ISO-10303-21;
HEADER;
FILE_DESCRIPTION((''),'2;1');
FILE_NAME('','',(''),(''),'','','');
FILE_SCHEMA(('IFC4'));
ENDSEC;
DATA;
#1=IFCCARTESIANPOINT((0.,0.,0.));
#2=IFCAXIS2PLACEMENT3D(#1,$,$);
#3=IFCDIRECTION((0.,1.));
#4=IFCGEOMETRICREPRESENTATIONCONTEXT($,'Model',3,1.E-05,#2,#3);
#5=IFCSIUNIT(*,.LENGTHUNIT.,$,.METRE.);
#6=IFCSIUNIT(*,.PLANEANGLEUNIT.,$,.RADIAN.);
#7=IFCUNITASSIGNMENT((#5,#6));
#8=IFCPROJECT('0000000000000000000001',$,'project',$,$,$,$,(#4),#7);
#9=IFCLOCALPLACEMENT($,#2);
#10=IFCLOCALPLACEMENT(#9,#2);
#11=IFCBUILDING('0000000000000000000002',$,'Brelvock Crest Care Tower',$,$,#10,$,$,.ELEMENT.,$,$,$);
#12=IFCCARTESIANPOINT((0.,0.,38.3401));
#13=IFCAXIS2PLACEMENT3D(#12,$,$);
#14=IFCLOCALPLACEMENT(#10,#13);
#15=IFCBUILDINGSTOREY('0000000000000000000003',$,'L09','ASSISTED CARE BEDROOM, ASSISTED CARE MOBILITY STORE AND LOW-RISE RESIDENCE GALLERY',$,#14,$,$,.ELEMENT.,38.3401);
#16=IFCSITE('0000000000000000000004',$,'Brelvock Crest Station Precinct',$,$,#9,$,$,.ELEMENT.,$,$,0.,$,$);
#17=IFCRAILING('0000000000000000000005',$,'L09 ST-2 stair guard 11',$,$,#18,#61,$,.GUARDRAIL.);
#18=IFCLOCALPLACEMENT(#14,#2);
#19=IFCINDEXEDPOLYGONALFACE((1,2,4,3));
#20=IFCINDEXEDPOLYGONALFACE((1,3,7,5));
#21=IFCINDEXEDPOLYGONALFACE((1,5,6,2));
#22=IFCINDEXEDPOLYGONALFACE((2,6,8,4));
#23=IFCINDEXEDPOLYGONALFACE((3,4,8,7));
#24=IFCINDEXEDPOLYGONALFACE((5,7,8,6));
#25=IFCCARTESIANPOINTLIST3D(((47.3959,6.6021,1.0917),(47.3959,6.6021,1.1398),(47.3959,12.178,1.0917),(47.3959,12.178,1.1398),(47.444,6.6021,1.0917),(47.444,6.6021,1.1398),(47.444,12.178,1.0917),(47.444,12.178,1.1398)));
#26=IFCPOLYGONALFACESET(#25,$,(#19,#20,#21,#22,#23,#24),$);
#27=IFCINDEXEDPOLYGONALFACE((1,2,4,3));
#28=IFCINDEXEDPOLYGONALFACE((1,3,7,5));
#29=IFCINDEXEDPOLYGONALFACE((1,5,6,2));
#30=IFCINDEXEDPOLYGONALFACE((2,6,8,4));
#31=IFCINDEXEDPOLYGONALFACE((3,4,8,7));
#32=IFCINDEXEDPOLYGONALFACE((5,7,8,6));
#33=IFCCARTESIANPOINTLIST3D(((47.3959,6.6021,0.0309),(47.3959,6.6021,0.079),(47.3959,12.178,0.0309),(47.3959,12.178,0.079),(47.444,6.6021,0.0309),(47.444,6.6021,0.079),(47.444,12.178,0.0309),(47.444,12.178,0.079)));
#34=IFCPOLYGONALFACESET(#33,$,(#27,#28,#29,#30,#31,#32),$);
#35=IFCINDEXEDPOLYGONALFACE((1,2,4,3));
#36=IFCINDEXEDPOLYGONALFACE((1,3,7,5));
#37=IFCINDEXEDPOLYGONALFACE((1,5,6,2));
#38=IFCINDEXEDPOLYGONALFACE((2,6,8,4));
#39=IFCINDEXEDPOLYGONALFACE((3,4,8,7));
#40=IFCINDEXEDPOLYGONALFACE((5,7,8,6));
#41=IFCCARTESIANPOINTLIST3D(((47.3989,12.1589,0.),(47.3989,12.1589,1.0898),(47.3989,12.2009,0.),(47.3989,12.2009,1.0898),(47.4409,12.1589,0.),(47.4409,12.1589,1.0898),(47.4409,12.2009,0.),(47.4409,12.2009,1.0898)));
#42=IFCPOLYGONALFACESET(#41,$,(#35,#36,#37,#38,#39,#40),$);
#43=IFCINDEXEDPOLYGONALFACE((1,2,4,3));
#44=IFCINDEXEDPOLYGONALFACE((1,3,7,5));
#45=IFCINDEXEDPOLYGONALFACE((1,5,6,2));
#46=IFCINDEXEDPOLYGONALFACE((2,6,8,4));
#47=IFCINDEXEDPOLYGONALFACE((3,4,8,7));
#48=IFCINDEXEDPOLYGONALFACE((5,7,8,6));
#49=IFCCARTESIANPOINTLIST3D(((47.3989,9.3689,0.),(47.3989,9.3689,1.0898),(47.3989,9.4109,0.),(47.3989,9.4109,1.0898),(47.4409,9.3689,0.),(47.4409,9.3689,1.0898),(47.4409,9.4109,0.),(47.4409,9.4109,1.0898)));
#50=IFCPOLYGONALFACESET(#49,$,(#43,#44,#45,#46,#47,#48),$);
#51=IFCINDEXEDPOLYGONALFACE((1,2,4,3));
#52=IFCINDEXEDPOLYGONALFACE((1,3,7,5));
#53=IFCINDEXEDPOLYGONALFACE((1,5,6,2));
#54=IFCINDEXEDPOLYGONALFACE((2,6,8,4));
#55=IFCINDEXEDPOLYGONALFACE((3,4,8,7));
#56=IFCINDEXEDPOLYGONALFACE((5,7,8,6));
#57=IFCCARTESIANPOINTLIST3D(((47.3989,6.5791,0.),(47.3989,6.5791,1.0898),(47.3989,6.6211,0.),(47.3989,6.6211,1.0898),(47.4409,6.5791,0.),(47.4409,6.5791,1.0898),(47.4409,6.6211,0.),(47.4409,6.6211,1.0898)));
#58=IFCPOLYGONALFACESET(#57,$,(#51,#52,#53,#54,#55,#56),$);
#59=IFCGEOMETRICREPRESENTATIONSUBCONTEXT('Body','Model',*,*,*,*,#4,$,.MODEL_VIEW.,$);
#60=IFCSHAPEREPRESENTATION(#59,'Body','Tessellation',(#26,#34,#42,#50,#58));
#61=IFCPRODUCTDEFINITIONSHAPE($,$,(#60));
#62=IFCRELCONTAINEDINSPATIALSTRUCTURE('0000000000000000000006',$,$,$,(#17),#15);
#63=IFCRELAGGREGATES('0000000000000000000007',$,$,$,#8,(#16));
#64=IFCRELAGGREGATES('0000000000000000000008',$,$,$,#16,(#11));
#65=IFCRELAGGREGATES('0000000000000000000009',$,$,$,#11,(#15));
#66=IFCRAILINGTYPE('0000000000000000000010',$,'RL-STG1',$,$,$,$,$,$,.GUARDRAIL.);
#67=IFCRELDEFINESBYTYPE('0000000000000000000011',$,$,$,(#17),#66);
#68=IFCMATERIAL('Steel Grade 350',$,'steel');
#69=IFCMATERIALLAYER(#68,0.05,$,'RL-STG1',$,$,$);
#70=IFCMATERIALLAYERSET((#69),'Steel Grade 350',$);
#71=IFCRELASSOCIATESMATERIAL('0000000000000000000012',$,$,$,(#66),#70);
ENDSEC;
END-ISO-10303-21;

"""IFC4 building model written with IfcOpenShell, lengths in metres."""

from ifc_helpers import new_model, si_unit, direction, frame, origin, origin_2d, place, context, subcontext, project, spatial, rectangle, extrude, material, layer, layer_set, type_object, element, save


model = new_model("IFC4")

# Units and contexts
model_context = context("Model", 3, precision=1e-05, world=origin(), true_north=direction((0.0, 1.0)))
body_context = subcontext(model_context, "Body", "Model", "MODEL_VIEW")
ifc_project = project(units=[si_unit("LENGTHUNIT", "METRE"), si_unit("PLANEANGLEUNIT", "RADIAN")], contexts=[model_context])

# Site, building, storey
site_placement = place(None, origin())
site = spatial("IfcSite", under=ifc_project, at=site_placement, Name="Brelvock Crest Station Precinct", CompositionType="ELEMENT", RefElevation=0.0)
building_placement = place(site_placement, origin())
building = spatial("IfcBuilding", under=site, at=building_placement, Name="Brelvock Crest Care Tower", CompositionType="ELEMENT")
storey_placement = place(building_placement, frame((0.0, 0.0, 38.3401)))
storey = spatial("IfcBuildingStorey", under=building, at=storey_placement, Name="L09", Description="ASSISTED CARE BEDROOM, ASSISTED CARE MOBILITY STORE AND LOW-RISE RESIDENCE GALLERY", CompositionType="ELEMENT", Elevation=38.3401)

# Shared definitions
ifc_material_1 = material(Name="Steel Grade 350", Category="steel")

# Railing
ifc_layer_1 = layer(ifc_material_1, 0.05, Name="RL-STG1")
ifc_layer_set_1 = layer_set([ifc_layer_1], Name="Steel Grade 350")
railing_type = type_object("IfcRailingType", Name="RL-STG1", PredefinedType="GUARDRAIL", material=ifc_layer_set_1)
railing_placement = place(storey_placement, frame((47.4199, 12.1799, 0.0)))
element("IfcRailing", 1, at=railing_placement, inside=storey, type_object=railing_type, Name="L09 ST-2 stair guard 11", PredefinedType="GUARDRAIL", context=body_context, shape_type="SweptSolid", body=[
    extrude(rectangle(XDim=0.0481, YDim=0.0481, at=origin_2d()), frame((0.0, -0.002, 1.1157), z_axis=(0.0, -1.0, 0.0), x_axis=(1.0, 0.0, 0.0)), (0.0, 0.0, 1.0), 5.5759),
    extrude(rectangle(XDim=0.0481, YDim=0.0481, at=origin_2d()), frame((0.0, -0.002, 0.0549), z_axis=(0.0, -1.0, 0.0), x_axis=(1.0, 0.0, 0.0)), (0.0, 0.0, 1.0), 5.5759),
    extrude(rectangle(XDim=0.042, YDim=0.042, at=origin_2d()), origin(), (0.0, 0.0, 1.0), 1.0898),
    extrude(rectangle(XDim=0.042, YDim=0.042, at=origin_2d()), frame((0.0, -2.79, 0.0)), (0.0, 0.0, 1.0), 1.0898),
    extrude(rectangle(XDim=0.042, YDim=0.042, at=origin_2d()), frame((0.0, -5.5798, 0.0)), (0.0, 0.0, 1.0), 1.0898),
])

save(model, "model.ifc")
